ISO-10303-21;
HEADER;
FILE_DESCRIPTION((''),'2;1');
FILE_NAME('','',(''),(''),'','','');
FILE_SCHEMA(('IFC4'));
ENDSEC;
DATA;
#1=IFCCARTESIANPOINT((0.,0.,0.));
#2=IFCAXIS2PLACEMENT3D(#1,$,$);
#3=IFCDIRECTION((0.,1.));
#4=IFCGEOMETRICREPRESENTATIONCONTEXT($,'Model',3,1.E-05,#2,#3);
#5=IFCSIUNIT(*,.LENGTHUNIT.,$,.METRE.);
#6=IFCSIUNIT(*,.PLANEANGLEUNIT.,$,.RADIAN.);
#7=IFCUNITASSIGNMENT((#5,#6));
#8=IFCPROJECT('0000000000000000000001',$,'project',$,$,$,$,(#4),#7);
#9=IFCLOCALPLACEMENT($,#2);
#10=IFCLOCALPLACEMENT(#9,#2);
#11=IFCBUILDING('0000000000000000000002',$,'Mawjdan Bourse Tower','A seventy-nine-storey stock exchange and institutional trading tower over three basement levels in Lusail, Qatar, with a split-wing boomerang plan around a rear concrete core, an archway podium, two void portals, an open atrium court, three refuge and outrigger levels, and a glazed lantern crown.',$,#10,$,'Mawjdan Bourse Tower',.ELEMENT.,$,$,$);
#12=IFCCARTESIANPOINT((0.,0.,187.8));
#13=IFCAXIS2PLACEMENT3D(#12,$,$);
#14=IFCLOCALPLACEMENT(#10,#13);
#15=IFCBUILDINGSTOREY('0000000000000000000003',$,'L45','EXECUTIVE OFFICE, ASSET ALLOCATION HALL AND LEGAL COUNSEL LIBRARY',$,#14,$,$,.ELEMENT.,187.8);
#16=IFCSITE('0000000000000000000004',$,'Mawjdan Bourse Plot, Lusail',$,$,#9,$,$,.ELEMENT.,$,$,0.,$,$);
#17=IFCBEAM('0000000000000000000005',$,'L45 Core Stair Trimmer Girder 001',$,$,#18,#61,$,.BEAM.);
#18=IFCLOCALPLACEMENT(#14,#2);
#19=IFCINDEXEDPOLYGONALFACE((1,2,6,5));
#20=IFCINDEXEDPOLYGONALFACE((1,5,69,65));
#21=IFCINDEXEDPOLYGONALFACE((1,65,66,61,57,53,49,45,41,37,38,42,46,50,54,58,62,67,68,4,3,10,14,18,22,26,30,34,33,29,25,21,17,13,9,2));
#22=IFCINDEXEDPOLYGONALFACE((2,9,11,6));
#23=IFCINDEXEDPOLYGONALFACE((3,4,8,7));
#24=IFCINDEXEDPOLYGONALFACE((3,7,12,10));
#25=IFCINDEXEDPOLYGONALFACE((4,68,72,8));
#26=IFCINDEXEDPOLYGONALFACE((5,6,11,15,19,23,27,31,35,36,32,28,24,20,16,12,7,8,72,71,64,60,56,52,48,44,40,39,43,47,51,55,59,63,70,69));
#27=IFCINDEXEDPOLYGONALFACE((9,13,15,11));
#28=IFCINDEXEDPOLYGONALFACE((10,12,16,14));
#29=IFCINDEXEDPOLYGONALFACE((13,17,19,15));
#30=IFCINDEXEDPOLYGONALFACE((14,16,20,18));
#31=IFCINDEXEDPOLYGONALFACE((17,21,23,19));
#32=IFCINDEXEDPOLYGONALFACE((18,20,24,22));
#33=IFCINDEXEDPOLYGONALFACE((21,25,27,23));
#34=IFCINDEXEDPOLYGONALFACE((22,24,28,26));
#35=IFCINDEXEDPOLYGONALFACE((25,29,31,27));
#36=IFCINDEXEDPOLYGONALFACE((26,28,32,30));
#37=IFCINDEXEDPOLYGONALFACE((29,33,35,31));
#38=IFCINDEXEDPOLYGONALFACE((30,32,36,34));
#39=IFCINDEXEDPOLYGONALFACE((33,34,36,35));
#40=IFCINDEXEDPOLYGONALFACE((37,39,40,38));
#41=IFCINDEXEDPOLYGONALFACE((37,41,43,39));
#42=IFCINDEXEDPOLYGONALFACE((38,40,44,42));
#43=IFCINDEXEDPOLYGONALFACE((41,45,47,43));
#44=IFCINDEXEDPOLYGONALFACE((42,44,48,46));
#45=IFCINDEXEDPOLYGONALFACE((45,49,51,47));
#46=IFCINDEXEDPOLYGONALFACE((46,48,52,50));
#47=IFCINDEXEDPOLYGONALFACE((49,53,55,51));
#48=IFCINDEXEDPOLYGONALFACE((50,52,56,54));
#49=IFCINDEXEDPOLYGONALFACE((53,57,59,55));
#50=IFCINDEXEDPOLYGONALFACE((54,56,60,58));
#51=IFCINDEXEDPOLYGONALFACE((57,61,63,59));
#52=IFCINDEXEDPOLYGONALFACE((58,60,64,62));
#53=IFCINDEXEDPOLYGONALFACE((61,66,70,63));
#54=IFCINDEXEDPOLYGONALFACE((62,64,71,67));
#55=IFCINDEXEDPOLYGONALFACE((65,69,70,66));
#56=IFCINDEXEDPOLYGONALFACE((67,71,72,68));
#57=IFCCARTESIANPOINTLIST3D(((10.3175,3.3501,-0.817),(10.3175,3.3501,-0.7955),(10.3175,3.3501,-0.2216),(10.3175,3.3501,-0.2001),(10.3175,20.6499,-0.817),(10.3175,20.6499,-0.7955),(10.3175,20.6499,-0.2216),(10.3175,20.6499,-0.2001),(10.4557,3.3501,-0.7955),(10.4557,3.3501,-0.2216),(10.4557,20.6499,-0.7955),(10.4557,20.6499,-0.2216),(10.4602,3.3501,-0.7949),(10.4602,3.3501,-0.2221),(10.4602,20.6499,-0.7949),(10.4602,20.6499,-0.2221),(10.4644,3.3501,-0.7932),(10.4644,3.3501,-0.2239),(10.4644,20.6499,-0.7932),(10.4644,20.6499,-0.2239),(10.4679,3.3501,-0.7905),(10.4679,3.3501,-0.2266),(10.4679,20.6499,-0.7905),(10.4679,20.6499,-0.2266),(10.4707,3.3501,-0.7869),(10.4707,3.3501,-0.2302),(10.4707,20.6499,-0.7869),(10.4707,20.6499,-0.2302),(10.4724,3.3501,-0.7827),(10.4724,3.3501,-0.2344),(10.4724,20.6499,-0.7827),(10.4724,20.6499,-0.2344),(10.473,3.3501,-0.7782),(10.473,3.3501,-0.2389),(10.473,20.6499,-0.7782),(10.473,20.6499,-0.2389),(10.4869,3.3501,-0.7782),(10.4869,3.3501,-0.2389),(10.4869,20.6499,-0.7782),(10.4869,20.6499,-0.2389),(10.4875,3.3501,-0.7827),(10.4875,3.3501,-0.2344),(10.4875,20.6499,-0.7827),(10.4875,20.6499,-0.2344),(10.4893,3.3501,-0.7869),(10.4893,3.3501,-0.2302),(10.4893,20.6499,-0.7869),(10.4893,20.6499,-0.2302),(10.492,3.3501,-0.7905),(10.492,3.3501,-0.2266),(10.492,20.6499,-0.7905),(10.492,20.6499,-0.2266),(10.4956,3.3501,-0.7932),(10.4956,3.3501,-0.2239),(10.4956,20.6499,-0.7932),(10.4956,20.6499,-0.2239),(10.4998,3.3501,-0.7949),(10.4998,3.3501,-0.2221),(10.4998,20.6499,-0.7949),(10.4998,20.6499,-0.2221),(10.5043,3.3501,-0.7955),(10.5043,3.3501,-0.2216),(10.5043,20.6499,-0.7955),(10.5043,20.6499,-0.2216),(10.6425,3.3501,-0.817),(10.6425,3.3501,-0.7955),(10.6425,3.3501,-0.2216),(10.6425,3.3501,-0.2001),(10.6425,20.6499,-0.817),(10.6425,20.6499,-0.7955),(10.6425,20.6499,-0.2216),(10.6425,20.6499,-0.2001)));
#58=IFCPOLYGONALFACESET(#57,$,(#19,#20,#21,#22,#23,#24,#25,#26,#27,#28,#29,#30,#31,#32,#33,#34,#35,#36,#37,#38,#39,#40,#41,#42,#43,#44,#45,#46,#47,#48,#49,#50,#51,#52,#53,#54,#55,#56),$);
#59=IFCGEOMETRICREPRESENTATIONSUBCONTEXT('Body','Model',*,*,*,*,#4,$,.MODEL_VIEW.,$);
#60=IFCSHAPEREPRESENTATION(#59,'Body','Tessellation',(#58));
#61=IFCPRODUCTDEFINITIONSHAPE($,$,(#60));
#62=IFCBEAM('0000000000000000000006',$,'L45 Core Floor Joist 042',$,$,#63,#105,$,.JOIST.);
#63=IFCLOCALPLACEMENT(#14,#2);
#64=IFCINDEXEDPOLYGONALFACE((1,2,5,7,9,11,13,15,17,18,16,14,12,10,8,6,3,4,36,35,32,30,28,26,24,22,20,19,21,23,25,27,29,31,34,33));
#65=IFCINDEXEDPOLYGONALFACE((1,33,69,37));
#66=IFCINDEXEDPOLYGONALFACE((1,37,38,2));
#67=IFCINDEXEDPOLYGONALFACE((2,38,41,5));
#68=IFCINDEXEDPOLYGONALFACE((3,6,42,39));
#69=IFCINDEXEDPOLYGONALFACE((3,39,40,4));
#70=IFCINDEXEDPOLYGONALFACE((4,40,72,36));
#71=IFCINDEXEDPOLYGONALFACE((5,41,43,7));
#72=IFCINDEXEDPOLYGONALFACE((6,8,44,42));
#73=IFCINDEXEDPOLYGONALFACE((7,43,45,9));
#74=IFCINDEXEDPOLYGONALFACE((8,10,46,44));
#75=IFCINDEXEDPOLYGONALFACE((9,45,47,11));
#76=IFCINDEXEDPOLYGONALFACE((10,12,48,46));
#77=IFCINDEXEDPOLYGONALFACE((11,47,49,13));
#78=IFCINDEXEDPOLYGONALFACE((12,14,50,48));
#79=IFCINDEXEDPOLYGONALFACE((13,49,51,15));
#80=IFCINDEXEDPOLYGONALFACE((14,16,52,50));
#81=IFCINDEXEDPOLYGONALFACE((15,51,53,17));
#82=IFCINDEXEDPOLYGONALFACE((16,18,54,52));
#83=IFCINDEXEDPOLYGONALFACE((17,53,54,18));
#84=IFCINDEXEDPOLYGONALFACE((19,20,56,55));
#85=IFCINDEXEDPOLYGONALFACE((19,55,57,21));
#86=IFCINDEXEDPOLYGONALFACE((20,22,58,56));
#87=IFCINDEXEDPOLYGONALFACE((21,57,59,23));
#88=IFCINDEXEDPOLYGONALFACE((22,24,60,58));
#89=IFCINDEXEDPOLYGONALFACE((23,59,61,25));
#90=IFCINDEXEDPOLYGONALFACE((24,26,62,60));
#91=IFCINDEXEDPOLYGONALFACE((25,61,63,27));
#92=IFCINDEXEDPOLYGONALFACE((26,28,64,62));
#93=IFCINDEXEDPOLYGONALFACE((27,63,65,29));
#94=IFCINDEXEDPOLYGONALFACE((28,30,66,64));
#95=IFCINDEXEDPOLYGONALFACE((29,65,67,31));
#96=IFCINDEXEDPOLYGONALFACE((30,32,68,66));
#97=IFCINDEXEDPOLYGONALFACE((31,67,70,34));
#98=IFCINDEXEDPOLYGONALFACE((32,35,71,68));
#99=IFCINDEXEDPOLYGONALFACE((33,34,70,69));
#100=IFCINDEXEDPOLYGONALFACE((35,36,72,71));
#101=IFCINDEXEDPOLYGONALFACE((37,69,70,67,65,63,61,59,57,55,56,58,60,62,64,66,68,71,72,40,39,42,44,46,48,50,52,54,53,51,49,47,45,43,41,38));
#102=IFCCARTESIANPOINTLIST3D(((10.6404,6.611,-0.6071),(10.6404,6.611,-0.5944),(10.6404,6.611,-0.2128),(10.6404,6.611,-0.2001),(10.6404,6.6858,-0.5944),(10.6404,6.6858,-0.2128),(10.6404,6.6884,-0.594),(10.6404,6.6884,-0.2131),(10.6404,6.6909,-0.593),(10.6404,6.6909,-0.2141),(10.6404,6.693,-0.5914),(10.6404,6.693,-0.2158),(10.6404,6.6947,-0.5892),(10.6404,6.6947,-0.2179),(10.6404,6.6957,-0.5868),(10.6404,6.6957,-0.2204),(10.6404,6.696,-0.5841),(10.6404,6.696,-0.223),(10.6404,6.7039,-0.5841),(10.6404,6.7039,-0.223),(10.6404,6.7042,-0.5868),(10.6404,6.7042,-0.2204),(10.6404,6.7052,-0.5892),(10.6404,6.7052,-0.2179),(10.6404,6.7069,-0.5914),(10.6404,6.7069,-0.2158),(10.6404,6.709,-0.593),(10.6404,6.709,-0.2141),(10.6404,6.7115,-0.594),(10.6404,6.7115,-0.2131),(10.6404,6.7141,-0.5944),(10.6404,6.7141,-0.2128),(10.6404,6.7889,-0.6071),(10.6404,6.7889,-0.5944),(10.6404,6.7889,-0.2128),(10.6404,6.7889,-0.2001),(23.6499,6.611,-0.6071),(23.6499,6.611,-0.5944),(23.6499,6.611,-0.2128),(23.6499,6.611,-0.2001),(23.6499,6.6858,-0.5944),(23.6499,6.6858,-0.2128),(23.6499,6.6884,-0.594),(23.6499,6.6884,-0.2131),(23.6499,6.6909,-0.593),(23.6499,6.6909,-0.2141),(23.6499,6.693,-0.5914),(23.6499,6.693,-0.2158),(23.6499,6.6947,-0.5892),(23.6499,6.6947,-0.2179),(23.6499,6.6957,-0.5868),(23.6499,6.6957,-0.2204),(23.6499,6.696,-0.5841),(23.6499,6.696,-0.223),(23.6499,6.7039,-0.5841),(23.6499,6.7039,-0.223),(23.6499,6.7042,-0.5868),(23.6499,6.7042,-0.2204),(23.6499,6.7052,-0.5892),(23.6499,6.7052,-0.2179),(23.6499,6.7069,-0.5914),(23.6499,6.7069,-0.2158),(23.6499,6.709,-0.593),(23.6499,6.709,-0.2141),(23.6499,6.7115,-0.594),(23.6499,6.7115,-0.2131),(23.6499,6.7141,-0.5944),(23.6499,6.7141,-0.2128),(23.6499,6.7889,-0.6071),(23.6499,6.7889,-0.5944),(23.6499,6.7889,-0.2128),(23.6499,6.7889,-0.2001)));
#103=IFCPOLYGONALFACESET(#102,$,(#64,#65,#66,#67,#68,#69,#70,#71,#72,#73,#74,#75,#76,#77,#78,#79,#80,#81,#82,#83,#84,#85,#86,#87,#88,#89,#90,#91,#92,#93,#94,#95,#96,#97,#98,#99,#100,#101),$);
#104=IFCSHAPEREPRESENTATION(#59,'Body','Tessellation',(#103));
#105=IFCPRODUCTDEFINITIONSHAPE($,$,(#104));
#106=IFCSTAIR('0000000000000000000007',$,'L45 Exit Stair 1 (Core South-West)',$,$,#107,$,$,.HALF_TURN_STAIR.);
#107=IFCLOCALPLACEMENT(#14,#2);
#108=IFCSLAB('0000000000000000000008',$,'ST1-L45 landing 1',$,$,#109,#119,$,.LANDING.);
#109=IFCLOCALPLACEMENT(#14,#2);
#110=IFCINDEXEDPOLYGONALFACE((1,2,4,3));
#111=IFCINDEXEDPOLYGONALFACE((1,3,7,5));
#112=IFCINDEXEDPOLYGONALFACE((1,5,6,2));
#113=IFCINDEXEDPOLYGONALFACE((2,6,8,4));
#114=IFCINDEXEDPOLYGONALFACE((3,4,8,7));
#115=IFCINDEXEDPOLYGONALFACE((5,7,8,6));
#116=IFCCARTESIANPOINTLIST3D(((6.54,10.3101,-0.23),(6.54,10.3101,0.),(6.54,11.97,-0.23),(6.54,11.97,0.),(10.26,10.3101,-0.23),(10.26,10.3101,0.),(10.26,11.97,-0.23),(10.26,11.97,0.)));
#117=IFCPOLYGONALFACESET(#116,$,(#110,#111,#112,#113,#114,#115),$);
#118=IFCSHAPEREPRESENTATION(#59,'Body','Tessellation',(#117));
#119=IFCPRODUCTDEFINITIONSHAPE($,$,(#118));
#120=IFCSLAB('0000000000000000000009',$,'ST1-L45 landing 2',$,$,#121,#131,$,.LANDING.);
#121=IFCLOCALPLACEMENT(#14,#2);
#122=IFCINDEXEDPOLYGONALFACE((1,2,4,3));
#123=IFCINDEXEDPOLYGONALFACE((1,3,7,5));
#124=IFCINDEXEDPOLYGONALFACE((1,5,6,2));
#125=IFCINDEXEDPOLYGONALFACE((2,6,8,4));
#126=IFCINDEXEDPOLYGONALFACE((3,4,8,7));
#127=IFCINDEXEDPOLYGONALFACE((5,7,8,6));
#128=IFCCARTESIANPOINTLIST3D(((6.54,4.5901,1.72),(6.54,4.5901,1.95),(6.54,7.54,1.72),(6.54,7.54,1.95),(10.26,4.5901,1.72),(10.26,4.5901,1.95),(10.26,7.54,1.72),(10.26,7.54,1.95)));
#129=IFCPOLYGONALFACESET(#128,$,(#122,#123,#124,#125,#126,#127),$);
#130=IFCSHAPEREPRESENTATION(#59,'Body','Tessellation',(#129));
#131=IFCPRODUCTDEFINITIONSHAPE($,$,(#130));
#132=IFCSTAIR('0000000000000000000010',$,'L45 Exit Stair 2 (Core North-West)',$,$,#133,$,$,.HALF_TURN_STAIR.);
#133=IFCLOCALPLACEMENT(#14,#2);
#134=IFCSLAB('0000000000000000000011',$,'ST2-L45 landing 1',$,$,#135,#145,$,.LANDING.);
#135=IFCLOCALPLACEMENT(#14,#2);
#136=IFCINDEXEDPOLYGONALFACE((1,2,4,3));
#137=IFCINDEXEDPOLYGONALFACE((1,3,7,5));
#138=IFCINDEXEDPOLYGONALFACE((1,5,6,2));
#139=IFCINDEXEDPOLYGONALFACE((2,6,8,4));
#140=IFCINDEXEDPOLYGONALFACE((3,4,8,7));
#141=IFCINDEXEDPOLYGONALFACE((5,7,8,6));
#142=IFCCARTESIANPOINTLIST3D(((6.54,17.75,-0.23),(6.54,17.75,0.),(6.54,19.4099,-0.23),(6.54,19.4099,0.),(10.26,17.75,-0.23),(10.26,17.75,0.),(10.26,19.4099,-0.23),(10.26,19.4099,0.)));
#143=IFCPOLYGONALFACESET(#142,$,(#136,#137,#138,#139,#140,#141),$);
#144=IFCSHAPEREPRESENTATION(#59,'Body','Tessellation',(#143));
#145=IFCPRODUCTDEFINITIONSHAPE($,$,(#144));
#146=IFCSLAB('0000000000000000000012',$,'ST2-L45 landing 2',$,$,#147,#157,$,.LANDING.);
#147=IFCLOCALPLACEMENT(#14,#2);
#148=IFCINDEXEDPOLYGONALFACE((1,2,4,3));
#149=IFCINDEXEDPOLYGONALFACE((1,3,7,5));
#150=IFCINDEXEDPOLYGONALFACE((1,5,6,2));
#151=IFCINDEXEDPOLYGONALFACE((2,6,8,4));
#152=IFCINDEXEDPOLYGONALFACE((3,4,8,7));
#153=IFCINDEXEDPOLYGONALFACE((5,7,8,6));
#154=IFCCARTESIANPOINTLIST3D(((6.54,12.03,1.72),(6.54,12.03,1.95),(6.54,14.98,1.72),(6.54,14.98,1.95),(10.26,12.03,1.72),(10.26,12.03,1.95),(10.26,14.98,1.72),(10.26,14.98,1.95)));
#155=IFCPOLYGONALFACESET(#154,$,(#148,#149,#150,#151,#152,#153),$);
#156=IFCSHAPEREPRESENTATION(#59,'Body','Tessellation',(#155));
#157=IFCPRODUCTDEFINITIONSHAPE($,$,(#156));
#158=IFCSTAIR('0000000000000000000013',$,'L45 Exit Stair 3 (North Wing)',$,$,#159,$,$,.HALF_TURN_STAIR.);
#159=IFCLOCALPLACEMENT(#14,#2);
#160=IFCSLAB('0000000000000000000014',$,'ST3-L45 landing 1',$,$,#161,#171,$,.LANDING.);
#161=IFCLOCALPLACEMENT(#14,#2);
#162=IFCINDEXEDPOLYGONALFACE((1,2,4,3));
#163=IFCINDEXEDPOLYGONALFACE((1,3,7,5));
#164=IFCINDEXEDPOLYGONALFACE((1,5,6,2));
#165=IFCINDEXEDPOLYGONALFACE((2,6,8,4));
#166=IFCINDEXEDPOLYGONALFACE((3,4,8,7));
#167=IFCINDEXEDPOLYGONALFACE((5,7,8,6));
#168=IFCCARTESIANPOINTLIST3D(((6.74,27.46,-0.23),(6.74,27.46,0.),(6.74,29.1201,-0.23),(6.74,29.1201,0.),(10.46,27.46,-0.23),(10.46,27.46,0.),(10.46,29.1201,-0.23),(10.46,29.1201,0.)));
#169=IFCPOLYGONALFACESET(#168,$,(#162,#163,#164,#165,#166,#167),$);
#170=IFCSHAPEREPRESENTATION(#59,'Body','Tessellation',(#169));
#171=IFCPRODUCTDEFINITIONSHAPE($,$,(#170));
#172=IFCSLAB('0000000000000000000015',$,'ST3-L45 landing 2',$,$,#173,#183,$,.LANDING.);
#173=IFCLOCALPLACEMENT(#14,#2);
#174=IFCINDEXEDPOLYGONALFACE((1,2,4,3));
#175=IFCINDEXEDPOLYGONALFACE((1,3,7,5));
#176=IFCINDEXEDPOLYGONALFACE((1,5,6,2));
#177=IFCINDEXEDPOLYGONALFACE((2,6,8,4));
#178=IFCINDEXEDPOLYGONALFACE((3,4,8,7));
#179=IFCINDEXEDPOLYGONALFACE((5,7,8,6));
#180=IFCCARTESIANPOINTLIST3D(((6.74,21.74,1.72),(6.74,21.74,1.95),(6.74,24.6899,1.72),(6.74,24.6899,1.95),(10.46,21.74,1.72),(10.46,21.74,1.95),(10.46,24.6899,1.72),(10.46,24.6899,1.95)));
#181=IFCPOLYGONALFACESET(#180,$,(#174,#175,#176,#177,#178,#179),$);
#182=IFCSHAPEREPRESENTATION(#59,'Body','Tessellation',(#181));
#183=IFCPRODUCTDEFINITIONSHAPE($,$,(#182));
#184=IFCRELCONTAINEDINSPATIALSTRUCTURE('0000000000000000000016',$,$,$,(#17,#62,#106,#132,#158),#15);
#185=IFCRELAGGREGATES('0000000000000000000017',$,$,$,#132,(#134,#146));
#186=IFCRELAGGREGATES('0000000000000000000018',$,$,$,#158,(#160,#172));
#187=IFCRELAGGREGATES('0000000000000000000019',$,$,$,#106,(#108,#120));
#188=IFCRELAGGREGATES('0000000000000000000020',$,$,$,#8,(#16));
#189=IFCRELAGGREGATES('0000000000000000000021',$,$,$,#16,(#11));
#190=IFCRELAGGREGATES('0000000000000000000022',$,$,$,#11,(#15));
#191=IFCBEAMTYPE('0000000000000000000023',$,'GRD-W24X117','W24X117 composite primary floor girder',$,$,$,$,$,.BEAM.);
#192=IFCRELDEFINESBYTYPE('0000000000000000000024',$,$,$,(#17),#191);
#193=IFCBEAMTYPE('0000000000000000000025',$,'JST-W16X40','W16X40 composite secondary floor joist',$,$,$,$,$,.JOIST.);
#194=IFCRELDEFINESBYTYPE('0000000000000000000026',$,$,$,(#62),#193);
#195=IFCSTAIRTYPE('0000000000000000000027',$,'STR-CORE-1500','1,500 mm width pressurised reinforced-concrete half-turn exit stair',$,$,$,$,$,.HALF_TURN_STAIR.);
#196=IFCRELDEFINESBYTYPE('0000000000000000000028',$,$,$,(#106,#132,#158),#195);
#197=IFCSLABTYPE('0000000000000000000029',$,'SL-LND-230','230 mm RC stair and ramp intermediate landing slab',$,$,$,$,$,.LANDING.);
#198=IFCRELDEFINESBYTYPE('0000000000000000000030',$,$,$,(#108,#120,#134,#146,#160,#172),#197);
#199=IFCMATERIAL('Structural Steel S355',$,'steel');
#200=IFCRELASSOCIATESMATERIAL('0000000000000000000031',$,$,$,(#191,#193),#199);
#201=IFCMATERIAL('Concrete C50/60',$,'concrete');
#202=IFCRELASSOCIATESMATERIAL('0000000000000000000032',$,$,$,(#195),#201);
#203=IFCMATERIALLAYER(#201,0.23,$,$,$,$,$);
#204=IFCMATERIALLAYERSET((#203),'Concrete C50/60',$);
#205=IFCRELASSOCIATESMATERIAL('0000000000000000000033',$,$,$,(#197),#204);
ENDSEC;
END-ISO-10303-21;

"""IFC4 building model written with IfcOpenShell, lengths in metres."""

from ifc_helpers import new_model, si_unit, direction, frame, origin, origin_2d, place, context, subcontext, project, spatial, polyline, i_section, outline, extrude, material, layer, layer_set, material_profile, profile_set, type_object, element, aggregate, save


model = new_model("IFC4")

# Units and contexts
model_context = context("Model", 3, precision=1e-05, world=origin(), true_north=direction((0.0, 1.0)))
body_context = subcontext(model_context, "Body", "Model", "MODEL_VIEW")
ifc_project = project(units=[si_unit("LENGTHUNIT", "METRE"), si_unit("PLANEANGLEUNIT", "RADIAN")], contexts=[model_context])

# Site, building, storey
site_placement = place(None, origin())
site = spatial("IfcSite", under=ifc_project, at=site_placement, Name="Mawjdan Bourse Plot, Lusail", CompositionType="ELEMENT", RefElevation=0.0)
building_placement = place(site_placement, origin())
building = spatial("IfcBuilding", under=site, at=building_placement, Name="Mawjdan Bourse Tower", Description="A seventy-nine-storey stock exchange and institutional trading tower over three basement levels in Lusail, Qatar, with a split-wing boomerang plan around a rear concrete core, an archway podium, two void portals, an open atrium court, three refuge and outrigger levels, and a glazed lantern crown.", LongName="Mawjdan Bourse Tower", CompositionType="ELEMENT")
storey_placement = place(building_placement, frame((0.0, 0.0, 187.8)))
storey = spatial("IfcBuildingStorey", under=building, at=storey_placement, Name="L45", Description="EXECUTIVE OFFICE, ASSET ALLOCATION HALL AND LEGAL COUNSEL LIBRARY", CompositionType="ELEMENT", Elevation=187.8)

# Beams
ifc_material_1 = material(Name="Structural Steel S355", Category="steel")
ifc_material_profile_1 = material_profile(ifc_material_1, i_section(OverallWidth=0.325, OverallDepth=0.6169, WebThickness=0.0139, FlangeThickness=0.0215, FilletRadius=0.0173, at=origin_2d()), Name="W24X117")
ifc_profile_set_1 = profile_set([ifc_material_profile_1], Name="Structural Steel S355")
beam_type_1 = type_object("IfcBeamType", Name="GRD-W24X117", Description="W24X117 composite primary floor girder", PredefinedType="BEAM", material=ifc_profile_set_1)
beam_1_placement = place(storey_placement, frame((10.48, 3.3501, -0.5085), z_axis=(0.0, 1.0, 0.0), x_axis=(-1.0, 0.0, 0.0)))
element("IfcBeam", 1, at=beam_1_placement, inside=storey, type_object=beam_type_1, Name="L45 Core Stair Trimmer Girder 001", PredefinedType="BEAM", context=body_context, shape_type="SweptSolid", body=[
    extrude(i_section(OverallWidth=0.325, OverallDepth=0.6169, WebThickness=0.0139, FlangeThickness=0.0215, FilletRadius=0.0173, at=origin_2d()), origin(), (0.0, 0.0, 1.0), 17.2998),
])
ifc_material_profile_2 = material_profile(ifc_material_1, i_section(OverallWidth=0.178, OverallDepth=0.407, WebThickness=0.0078, FlangeThickness=0.0127, FilletRadius=0.0103, at=origin_2d()), Name="W16X40")
ifc_profile_set_2 = profile_set([ifc_material_profile_2], Name="Structural Steel S355")
beam_type_2 = type_object("IfcBeamType", Name="JST-W16X40", Description="W16X40 composite secondary floor joist", PredefinedType="JOIST", material=ifc_profile_set_2)
beam_2_placement = place(storey_placement, frame((10.6404, 6.7, -0.4036), z_axis=(1.0, 0.0, 0.0), x_axis=(0.0, 1.0, 0.0)))
element("IfcBeam", 2, at=beam_2_placement, inside=storey, type_object=beam_type_2, Name="L45 Core Floor Joist 042", PredefinedType="JOIST", context=body_context, shape_type="SweptSolid", body=[
    extrude(i_section(OverallWidth=0.178, OverallDepth=0.407, WebThickness=0.0078, FlangeThickness=0.0127, FilletRadius=0.0103, at=origin_2d()), origin(), (0.0, 0.0, 1.0), 13.0095),
])

# Stairs, slabs
ifc_material_2 = material(Name="Concrete C50/60", Category="concrete")
stair_type = type_object("IfcStairType", Name="STR-CORE-1500", Description="1,500 mm width pressurised reinforced-concrete half-turn exit stair", PredefinedType="HALF_TURN_STAIR", material=ifc_material_2)
stair_1_placement = place(storey_placement, origin())
stair_1 = element("IfcStair", 3, at=stair_1_placement, inside=storey, type_object=stair_type, Name="L45 Exit Stair 1 (Core South-West)", PredefinedType="HALF_TURN_STAIR")
ifc_layer_1 = layer(ifc_material_2, 0.23)
ifc_layer_set_1 = layer_set([ifc_layer_1], Name="Concrete C50/60")
slab_type_1 = type_object("IfcSlabType", Name="SL-LND-230", Description="230 mm RC stair and ramp intermediate landing slab", PredefinedType="LANDING", material=ifc_layer_set_1)
slab_1_placement = place(storey_placement, frame((0.0, 0.0, -0.23)))
slab_1 = element("IfcSlab", 4, at=slab_1_placement, type_object=slab_type_1, Name="ST1-L45 landing 1", PredefinedType="LANDING", context=body_context, shape_type="SweptSolid", body=[
    extrude(outline(polyline([(6.54, 10.3101), (10.26, 10.3101), (10.26, 11.97), (6.54, 11.97), (6.54, 10.3101)])), origin(), (0.0, 0.0, 1.0), 0.23),
])
slab_2_placement = place(storey_placement, frame((0.0, 0.0, 1.72)))
slab_2 = element("IfcSlab", 5, at=slab_2_placement, type_object=slab_type_1, Name="ST1-L45 landing 2", PredefinedType="LANDING", context=body_context, shape_type="SweptSolid", body=[
    extrude(outline(polyline([(6.54, 4.5901), (10.26, 4.5901), (10.26, 7.54), (6.54, 7.54), (6.54, 4.5901)])), origin(), (0.0, 0.0, 1.0), 0.23),
])
stair_2_placement = place(storey_placement, origin())
stair_2 = element("IfcStair", 6, at=stair_2_placement, inside=storey, type_object=stair_type, Name="L45 Exit Stair 2 (Core North-West)", PredefinedType="HALF_TURN_STAIR")
slab_3_placement = place(storey_placement, frame((0.0, 0.0, -0.23)))
slab_3 = element("IfcSlab", 7, at=slab_3_placement, type_object=slab_type_1, Name="ST2-L45 landing 1", PredefinedType="LANDING", context=body_context, shape_type="SweptSolid", body=[
    extrude(outline(polyline([(6.54, 17.75), (10.26, 17.75), (10.26, 19.4099), (6.54, 19.4099), (6.54, 17.75)])), origin(), (0.0, 0.0, 1.0), 0.23),
])
slab_4_placement = place(storey_placement, frame((0.0, 0.0, 1.72)))
slab_4 = element("IfcSlab", 8, at=slab_4_placement, type_object=slab_type_1, Name="ST2-L45 landing 2", PredefinedType="LANDING", context=body_context, shape_type="SweptSolid", body=[
    extrude(outline(polyline([(6.54, 12.03), (10.26, 12.03), (10.26, 14.98), (6.54, 14.98), (6.54, 12.03)])), origin(), (0.0, 0.0, 1.0), 0.23),
])
aggregate(stair_2, [slab_3, slab_4])
stair_3_placement = place(storey_placement, origin())
stair_3 = element("IfcStair", 9, at=stair_3_placement, inside=storey, type_object=stair_type, Name="L45 Exit Stair 3 (North Wing)", PredefinedType="HALF_TURN_STAIR")
slab_5_placement = place(storey_placement, frame((0.0, 0.0, -0.23)))
slab_5 = element("IfcSlab", 10, at=slab_5_placement, type_object=slab_type_1, Name="ST3-L45 landing 1", PredefinedType="LANDING", context=body_context, shape_type="SweptSolid", body=[
    extrude(outline(polyline([(6.74, 27.46), (10.46, 27.46), (10.46, 29.1201), (6.74, 29.1201), (6.74, 27.46)])), origin(), (0.0, 0.0, 1.0), 0.23),
])
slab_6_placement = place(storey_placement, frame((0.0, 0.0, 1.72)))
slab_6 = element("IfcSlab", 11, at=slab_6_placement, type_object=slab_type_1, Name="ST3-L45 landing 2", PredefinedType="LANDING", context=body_context, shape_type="SweptSolid", body=[
    extrude(outline(polyline([(6.74, 21.74), (10.46, 21.74), (10.46, 24.6899), (6.74, 24.6899), (6.74, 21.74)])), origin(), (0.0, 0.0, 1.0), 0.23),
])
aggregate(stair_3, [slab_5, slab_6])

aggregate(stair_1, [slab_1, slab_2])

save(model, "model.ifc")
